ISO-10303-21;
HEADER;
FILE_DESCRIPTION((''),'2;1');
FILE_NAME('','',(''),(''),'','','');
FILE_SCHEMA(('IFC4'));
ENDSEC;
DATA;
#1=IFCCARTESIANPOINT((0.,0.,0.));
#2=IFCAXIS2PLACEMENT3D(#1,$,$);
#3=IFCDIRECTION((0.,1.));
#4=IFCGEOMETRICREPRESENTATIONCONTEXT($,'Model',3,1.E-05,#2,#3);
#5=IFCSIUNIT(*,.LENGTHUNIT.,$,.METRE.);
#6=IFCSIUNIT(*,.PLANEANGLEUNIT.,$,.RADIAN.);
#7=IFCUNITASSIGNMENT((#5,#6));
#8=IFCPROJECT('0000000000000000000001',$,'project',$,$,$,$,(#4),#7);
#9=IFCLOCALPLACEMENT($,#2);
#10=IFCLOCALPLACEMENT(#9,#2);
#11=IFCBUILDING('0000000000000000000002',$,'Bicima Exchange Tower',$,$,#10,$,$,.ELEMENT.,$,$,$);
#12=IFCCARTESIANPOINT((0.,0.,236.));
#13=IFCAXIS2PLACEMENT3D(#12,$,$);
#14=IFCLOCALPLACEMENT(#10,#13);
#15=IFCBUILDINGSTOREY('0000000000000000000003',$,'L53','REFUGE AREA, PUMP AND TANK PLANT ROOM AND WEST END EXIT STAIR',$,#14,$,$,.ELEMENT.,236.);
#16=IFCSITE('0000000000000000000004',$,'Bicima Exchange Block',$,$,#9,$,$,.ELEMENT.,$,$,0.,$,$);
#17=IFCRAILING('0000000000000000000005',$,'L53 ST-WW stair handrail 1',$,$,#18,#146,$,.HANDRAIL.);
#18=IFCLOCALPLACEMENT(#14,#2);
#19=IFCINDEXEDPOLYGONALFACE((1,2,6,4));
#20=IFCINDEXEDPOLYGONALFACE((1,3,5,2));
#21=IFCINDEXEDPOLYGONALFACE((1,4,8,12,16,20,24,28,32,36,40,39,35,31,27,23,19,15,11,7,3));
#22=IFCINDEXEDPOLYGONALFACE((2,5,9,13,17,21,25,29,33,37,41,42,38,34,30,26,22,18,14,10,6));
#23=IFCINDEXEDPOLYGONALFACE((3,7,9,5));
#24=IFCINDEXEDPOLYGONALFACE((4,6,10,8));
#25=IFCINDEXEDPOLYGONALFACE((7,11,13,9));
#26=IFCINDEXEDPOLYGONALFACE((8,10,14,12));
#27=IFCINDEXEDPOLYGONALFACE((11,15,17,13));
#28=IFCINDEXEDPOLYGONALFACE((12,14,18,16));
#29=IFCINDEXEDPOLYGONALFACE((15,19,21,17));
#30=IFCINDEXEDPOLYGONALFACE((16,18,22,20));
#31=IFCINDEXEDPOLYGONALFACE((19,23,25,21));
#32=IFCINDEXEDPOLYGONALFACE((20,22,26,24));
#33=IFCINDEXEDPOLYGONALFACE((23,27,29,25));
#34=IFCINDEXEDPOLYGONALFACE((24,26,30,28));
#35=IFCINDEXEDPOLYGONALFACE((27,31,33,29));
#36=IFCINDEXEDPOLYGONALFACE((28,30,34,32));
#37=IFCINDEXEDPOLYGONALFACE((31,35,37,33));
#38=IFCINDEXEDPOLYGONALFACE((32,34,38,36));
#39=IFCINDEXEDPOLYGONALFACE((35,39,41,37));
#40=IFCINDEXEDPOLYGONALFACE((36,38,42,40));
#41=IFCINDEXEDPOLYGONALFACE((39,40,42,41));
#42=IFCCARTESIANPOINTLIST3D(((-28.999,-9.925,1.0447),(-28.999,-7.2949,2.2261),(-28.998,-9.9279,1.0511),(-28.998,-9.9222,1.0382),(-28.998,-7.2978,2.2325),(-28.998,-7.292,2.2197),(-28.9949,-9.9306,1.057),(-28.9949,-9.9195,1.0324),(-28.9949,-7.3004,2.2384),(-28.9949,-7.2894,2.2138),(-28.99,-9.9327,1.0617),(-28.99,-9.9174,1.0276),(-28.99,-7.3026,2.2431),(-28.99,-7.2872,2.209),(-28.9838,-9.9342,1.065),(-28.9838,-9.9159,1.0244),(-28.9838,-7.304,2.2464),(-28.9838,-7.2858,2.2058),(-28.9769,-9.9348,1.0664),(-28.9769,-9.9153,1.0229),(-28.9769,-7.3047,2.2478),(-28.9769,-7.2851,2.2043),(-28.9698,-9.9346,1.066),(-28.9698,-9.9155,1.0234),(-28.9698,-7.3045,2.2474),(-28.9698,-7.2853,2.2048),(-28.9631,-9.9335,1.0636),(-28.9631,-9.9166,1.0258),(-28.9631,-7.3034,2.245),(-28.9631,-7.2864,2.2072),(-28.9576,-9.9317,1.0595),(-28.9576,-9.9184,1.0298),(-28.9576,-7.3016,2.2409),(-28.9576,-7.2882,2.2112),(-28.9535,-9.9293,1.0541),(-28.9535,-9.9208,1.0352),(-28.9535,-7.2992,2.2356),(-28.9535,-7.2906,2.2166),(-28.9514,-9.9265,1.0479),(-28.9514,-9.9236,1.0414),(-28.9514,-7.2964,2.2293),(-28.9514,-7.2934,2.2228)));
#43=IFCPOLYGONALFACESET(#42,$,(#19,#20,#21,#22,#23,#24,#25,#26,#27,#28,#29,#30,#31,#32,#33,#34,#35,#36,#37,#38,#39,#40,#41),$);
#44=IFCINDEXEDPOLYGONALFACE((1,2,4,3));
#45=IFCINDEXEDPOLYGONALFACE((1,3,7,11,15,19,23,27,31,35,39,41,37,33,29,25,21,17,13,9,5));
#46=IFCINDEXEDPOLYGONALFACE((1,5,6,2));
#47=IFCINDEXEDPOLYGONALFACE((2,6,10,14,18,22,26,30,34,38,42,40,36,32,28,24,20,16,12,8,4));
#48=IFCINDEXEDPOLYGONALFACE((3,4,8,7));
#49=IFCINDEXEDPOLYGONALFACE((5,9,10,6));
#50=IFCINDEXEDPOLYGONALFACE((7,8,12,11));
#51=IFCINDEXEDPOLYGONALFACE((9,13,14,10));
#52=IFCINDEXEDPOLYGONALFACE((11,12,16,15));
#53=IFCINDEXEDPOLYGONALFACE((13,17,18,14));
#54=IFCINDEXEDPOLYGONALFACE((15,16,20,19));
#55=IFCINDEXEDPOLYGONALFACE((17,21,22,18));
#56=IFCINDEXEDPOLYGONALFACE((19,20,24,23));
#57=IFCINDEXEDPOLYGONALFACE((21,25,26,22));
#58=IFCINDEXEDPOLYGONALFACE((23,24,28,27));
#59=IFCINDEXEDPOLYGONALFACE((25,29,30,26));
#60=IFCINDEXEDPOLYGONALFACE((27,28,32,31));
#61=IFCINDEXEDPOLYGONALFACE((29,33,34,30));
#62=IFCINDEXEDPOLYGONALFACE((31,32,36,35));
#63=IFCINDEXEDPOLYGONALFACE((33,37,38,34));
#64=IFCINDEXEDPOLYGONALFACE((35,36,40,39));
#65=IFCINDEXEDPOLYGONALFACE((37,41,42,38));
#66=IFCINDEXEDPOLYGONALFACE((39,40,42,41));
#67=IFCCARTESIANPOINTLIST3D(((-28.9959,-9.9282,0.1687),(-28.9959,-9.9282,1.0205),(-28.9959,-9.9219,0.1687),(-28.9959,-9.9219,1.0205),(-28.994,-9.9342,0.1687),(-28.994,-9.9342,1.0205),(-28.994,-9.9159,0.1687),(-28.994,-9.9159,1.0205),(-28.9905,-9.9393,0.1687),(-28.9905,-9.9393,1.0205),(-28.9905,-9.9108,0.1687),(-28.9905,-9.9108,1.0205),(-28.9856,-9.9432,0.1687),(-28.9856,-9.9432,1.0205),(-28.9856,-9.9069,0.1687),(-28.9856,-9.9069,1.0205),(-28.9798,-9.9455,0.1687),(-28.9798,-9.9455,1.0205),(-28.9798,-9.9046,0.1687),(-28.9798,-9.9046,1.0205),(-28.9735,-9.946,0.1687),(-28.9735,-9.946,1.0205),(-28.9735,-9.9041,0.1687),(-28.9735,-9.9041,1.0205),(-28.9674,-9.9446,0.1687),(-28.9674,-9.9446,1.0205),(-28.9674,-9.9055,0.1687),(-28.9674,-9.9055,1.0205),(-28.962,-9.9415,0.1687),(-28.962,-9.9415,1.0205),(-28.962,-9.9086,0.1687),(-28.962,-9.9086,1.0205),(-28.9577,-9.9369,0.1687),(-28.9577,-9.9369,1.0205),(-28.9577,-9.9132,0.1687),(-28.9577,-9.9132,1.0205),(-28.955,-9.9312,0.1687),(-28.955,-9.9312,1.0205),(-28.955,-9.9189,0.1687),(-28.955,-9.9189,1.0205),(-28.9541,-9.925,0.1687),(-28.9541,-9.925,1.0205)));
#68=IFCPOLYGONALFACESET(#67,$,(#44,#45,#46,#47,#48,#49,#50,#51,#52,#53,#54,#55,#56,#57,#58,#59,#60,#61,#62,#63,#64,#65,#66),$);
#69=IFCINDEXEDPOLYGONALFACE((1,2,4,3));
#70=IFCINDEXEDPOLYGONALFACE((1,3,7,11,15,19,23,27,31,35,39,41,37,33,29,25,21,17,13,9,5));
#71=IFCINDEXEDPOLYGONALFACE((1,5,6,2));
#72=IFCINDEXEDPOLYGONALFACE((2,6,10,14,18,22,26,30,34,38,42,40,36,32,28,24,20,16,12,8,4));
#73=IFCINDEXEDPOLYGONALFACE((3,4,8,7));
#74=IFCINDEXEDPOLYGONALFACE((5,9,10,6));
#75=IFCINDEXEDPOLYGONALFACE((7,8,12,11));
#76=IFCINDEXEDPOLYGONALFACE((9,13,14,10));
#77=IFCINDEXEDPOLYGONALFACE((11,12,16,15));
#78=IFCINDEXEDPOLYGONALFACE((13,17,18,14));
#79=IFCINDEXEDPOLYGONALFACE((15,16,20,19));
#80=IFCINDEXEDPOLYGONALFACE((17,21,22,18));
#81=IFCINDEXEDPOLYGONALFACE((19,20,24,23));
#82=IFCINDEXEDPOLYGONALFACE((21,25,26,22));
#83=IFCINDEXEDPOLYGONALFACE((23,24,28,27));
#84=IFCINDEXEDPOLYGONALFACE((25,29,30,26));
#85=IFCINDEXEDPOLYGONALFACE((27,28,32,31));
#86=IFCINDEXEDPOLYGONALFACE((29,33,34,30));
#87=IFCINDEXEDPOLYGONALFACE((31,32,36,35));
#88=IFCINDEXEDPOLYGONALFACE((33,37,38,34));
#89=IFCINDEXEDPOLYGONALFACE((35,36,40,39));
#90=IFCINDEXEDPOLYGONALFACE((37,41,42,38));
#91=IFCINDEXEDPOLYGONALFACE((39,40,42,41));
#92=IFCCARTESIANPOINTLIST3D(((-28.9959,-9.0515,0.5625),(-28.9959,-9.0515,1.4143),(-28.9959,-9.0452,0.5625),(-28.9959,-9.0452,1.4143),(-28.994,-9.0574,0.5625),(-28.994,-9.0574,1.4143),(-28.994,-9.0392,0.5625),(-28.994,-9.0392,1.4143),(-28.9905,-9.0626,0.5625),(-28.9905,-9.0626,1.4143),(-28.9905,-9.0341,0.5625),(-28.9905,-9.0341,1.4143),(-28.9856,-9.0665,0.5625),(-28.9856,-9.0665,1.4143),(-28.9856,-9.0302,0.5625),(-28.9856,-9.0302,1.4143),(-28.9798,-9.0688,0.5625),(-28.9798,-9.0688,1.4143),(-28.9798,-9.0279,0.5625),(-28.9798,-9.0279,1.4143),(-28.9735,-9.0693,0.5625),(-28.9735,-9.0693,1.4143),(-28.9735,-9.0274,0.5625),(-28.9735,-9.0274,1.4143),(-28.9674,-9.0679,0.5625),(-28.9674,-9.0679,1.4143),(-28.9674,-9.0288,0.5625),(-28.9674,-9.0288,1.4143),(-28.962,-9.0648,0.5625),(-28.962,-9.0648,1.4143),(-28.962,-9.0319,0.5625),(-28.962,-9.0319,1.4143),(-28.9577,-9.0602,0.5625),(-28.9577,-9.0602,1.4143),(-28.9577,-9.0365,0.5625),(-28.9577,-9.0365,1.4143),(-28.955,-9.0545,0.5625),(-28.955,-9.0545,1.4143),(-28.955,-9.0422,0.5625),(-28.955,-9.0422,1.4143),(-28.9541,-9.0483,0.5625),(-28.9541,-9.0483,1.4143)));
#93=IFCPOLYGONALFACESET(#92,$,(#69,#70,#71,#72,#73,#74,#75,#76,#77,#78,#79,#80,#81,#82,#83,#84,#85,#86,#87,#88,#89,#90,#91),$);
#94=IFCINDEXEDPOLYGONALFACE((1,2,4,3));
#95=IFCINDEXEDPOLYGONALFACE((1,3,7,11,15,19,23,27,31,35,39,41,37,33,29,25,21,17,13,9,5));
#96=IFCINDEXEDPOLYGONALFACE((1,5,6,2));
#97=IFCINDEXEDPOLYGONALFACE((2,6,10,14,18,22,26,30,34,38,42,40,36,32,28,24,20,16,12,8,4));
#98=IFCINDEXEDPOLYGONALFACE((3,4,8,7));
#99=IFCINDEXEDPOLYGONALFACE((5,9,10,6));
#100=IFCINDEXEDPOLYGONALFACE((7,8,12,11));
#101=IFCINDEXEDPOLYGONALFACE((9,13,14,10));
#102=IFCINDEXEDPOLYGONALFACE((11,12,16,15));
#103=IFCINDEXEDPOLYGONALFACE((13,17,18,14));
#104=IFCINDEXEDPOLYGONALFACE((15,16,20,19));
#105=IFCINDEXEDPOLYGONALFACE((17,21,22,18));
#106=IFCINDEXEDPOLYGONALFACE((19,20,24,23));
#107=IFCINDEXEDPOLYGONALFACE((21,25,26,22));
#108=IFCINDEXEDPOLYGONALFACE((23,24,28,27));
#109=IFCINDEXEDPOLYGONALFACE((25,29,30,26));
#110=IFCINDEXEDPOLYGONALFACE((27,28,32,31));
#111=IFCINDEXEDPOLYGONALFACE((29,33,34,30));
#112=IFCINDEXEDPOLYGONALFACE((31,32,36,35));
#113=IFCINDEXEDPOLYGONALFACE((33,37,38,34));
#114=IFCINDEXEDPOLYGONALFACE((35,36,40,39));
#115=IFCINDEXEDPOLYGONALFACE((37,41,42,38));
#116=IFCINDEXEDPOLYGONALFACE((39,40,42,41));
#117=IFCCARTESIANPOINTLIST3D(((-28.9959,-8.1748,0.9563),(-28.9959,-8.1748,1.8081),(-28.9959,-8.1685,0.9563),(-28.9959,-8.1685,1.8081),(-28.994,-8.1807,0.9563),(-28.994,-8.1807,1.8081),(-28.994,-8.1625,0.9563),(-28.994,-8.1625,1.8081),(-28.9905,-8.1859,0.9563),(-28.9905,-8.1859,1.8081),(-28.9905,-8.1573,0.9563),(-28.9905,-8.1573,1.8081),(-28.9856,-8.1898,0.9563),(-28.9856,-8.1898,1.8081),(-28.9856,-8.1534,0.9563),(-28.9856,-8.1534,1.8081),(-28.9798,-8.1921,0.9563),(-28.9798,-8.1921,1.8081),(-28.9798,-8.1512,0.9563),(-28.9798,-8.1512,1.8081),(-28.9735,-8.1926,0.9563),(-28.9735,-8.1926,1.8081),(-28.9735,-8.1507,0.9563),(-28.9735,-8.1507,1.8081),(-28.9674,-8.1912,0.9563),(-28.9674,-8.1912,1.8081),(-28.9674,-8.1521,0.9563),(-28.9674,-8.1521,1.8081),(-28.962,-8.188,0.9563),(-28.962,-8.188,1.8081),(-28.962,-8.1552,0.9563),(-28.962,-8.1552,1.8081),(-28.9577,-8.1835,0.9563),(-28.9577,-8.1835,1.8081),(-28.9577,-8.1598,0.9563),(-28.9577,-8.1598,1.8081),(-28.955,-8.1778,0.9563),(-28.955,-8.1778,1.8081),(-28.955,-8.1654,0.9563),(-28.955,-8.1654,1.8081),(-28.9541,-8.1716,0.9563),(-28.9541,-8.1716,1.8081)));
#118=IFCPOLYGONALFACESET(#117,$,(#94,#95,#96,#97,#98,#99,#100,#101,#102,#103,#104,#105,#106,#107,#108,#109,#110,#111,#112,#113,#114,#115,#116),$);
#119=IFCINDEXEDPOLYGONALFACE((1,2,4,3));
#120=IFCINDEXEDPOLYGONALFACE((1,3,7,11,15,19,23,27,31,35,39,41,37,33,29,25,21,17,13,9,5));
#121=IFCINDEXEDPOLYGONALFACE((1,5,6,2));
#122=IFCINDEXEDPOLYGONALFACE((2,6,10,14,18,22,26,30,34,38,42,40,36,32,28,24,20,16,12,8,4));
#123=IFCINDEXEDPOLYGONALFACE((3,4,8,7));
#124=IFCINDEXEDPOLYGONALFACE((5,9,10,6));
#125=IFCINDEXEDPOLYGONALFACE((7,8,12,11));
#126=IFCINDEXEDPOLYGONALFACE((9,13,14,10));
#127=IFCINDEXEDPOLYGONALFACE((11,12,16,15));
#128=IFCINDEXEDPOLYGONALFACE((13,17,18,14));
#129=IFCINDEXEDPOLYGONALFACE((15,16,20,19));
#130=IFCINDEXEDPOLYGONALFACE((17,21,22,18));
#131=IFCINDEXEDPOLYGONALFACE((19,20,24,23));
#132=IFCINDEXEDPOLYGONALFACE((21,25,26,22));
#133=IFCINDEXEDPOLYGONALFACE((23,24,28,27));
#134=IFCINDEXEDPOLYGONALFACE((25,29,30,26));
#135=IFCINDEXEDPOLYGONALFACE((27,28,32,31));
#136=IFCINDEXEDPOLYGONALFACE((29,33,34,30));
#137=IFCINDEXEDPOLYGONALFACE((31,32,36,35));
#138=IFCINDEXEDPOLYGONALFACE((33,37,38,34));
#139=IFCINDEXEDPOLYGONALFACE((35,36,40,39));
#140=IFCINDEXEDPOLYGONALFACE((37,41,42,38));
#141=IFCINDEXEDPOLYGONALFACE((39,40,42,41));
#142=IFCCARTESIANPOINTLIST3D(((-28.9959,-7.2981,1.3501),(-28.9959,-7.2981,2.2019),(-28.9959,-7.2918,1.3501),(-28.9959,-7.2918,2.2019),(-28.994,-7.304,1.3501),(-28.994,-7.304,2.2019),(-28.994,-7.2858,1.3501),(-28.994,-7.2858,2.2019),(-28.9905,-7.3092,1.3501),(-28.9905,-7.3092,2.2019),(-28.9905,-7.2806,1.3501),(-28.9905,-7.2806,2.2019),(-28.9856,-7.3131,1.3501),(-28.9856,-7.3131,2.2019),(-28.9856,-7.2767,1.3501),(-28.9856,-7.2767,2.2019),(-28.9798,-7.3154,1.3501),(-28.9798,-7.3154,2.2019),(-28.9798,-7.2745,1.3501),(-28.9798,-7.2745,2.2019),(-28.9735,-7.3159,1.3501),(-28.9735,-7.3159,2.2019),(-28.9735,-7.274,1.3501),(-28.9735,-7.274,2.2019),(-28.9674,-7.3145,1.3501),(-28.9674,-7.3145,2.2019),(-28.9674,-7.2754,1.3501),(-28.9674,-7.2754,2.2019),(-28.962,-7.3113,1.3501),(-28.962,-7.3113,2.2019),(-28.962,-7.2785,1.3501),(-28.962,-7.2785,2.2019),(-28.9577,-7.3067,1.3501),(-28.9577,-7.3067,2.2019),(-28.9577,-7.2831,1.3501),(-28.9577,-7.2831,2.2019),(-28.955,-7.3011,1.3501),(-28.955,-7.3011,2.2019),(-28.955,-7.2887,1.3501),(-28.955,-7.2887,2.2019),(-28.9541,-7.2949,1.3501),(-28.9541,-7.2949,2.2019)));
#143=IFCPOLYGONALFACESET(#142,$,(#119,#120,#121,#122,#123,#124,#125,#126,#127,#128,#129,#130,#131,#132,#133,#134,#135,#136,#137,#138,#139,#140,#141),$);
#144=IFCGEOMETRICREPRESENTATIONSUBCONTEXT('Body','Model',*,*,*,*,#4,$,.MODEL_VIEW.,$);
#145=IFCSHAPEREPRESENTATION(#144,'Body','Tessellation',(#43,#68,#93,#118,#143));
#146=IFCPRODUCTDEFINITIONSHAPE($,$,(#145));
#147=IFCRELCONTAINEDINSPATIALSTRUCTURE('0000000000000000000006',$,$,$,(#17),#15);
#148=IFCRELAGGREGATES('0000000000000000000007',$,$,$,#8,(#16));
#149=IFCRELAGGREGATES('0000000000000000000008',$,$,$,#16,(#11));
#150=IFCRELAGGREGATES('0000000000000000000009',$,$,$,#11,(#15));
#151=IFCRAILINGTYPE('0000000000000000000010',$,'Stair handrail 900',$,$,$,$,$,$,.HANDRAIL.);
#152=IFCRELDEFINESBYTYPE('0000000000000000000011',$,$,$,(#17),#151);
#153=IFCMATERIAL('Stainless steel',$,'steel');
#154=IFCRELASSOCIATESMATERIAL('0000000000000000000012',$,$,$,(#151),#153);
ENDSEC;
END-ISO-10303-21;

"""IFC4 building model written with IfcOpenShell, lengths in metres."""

from ifc_helpers import new_model, si_unit, direction, frame, origin, origin_2d, place, context, subcontext, project, spatial, circle, extrude, material, type_object, element, save


model = new_model("IFC4")

# Units and contexts
model_context = context("Model", 3, precision=1e-05, world=origin(), true_north=direction((0.0, 1.0)))
body_context = subcontext(model_context, "Body", "Model", "MODEL_VIEW")
ifc_project = project(units=[si_unit("LENGTHUNIT", "METRE"), si_unit("PLANEANGLEUNIT", "RADIAN")], contexts=[model_context])

# Site, building, storey
site_placement = place(None, origin())
site = spatial("IfcSite", under=ifc_project, at=site_placement, Name="Bicima Exchange Block", CompositionType="ELEMENT", RefElevation=0.0)
building_placement = place(site_placement, origin())
building = spatial("IfcBuilding", under=site, at=building_placement, Name="Bicima Exchange Tower", CompositionType="ELEMENT")
storey_placement = place(building_placement, frame((0.0, 0.0, 236.0)))
storey = spatial("IfcBuildingStorey", under=building, at=storey_placement, Name="L53", Description="REFUGE AREA, PUMP AND TANK PLANT ROOM AND WEST END EXIT STAIR", CompositionType="ELEMENT", Elevation=236.0)

# Railing
ifc_material_1 = material(Name="Stainless steel", Category="steel")
railing_type_1 = type_object("IfcRailingType", Name="Stair handrail 900", PredefinedType="HANDRAIL", material=ifc_material_1)
railing_1_placement = place(storey_placement, frame((-28.9751, -9.925, 0.1687)))
element("IfcRailing", 1, at=railing_1_placement, inside=storey, type_object=railing_type_1, Name="L53 ST-WW stair handrail 1", PredefinedType="HANDRAIL", context=body_context, shape_type="SweptSolid", body=[
    extrude(circle(Radius=0.0239, at=origin_2d()), frame((0.0, 0.0, 0.876), z_axis=(0.0, 0.912202, 0.409741), x_axis=(-1.0, 0.0, 0.0)), (0.0, 0.0, 1.0), 2.8833),
    extrude(circle(Radius=0.021, at=origin_2d()), origin(), (0.0, 0.0, 1.0), 0.8518),
    extrude(circle(Radius=0.021, at=origin_2d()), frame((0.0, 0.8767, 0.3938)), (0.0, 0.0, 1.0), 0.8518),
    extrude(circle(Radius=0.021, at=origin_2d()), frame((0.0, 1.7534, 0.7876)), (0.0, 0.0, 1.0), 0.8518),
    extrude(circle(Radius=0.021, at=origin_2d()), frame((0.0, 2.6301, 1.1814)), (0.0, 0.0, 1.0), 0.8518),
])

save(model, "model.ifc")
